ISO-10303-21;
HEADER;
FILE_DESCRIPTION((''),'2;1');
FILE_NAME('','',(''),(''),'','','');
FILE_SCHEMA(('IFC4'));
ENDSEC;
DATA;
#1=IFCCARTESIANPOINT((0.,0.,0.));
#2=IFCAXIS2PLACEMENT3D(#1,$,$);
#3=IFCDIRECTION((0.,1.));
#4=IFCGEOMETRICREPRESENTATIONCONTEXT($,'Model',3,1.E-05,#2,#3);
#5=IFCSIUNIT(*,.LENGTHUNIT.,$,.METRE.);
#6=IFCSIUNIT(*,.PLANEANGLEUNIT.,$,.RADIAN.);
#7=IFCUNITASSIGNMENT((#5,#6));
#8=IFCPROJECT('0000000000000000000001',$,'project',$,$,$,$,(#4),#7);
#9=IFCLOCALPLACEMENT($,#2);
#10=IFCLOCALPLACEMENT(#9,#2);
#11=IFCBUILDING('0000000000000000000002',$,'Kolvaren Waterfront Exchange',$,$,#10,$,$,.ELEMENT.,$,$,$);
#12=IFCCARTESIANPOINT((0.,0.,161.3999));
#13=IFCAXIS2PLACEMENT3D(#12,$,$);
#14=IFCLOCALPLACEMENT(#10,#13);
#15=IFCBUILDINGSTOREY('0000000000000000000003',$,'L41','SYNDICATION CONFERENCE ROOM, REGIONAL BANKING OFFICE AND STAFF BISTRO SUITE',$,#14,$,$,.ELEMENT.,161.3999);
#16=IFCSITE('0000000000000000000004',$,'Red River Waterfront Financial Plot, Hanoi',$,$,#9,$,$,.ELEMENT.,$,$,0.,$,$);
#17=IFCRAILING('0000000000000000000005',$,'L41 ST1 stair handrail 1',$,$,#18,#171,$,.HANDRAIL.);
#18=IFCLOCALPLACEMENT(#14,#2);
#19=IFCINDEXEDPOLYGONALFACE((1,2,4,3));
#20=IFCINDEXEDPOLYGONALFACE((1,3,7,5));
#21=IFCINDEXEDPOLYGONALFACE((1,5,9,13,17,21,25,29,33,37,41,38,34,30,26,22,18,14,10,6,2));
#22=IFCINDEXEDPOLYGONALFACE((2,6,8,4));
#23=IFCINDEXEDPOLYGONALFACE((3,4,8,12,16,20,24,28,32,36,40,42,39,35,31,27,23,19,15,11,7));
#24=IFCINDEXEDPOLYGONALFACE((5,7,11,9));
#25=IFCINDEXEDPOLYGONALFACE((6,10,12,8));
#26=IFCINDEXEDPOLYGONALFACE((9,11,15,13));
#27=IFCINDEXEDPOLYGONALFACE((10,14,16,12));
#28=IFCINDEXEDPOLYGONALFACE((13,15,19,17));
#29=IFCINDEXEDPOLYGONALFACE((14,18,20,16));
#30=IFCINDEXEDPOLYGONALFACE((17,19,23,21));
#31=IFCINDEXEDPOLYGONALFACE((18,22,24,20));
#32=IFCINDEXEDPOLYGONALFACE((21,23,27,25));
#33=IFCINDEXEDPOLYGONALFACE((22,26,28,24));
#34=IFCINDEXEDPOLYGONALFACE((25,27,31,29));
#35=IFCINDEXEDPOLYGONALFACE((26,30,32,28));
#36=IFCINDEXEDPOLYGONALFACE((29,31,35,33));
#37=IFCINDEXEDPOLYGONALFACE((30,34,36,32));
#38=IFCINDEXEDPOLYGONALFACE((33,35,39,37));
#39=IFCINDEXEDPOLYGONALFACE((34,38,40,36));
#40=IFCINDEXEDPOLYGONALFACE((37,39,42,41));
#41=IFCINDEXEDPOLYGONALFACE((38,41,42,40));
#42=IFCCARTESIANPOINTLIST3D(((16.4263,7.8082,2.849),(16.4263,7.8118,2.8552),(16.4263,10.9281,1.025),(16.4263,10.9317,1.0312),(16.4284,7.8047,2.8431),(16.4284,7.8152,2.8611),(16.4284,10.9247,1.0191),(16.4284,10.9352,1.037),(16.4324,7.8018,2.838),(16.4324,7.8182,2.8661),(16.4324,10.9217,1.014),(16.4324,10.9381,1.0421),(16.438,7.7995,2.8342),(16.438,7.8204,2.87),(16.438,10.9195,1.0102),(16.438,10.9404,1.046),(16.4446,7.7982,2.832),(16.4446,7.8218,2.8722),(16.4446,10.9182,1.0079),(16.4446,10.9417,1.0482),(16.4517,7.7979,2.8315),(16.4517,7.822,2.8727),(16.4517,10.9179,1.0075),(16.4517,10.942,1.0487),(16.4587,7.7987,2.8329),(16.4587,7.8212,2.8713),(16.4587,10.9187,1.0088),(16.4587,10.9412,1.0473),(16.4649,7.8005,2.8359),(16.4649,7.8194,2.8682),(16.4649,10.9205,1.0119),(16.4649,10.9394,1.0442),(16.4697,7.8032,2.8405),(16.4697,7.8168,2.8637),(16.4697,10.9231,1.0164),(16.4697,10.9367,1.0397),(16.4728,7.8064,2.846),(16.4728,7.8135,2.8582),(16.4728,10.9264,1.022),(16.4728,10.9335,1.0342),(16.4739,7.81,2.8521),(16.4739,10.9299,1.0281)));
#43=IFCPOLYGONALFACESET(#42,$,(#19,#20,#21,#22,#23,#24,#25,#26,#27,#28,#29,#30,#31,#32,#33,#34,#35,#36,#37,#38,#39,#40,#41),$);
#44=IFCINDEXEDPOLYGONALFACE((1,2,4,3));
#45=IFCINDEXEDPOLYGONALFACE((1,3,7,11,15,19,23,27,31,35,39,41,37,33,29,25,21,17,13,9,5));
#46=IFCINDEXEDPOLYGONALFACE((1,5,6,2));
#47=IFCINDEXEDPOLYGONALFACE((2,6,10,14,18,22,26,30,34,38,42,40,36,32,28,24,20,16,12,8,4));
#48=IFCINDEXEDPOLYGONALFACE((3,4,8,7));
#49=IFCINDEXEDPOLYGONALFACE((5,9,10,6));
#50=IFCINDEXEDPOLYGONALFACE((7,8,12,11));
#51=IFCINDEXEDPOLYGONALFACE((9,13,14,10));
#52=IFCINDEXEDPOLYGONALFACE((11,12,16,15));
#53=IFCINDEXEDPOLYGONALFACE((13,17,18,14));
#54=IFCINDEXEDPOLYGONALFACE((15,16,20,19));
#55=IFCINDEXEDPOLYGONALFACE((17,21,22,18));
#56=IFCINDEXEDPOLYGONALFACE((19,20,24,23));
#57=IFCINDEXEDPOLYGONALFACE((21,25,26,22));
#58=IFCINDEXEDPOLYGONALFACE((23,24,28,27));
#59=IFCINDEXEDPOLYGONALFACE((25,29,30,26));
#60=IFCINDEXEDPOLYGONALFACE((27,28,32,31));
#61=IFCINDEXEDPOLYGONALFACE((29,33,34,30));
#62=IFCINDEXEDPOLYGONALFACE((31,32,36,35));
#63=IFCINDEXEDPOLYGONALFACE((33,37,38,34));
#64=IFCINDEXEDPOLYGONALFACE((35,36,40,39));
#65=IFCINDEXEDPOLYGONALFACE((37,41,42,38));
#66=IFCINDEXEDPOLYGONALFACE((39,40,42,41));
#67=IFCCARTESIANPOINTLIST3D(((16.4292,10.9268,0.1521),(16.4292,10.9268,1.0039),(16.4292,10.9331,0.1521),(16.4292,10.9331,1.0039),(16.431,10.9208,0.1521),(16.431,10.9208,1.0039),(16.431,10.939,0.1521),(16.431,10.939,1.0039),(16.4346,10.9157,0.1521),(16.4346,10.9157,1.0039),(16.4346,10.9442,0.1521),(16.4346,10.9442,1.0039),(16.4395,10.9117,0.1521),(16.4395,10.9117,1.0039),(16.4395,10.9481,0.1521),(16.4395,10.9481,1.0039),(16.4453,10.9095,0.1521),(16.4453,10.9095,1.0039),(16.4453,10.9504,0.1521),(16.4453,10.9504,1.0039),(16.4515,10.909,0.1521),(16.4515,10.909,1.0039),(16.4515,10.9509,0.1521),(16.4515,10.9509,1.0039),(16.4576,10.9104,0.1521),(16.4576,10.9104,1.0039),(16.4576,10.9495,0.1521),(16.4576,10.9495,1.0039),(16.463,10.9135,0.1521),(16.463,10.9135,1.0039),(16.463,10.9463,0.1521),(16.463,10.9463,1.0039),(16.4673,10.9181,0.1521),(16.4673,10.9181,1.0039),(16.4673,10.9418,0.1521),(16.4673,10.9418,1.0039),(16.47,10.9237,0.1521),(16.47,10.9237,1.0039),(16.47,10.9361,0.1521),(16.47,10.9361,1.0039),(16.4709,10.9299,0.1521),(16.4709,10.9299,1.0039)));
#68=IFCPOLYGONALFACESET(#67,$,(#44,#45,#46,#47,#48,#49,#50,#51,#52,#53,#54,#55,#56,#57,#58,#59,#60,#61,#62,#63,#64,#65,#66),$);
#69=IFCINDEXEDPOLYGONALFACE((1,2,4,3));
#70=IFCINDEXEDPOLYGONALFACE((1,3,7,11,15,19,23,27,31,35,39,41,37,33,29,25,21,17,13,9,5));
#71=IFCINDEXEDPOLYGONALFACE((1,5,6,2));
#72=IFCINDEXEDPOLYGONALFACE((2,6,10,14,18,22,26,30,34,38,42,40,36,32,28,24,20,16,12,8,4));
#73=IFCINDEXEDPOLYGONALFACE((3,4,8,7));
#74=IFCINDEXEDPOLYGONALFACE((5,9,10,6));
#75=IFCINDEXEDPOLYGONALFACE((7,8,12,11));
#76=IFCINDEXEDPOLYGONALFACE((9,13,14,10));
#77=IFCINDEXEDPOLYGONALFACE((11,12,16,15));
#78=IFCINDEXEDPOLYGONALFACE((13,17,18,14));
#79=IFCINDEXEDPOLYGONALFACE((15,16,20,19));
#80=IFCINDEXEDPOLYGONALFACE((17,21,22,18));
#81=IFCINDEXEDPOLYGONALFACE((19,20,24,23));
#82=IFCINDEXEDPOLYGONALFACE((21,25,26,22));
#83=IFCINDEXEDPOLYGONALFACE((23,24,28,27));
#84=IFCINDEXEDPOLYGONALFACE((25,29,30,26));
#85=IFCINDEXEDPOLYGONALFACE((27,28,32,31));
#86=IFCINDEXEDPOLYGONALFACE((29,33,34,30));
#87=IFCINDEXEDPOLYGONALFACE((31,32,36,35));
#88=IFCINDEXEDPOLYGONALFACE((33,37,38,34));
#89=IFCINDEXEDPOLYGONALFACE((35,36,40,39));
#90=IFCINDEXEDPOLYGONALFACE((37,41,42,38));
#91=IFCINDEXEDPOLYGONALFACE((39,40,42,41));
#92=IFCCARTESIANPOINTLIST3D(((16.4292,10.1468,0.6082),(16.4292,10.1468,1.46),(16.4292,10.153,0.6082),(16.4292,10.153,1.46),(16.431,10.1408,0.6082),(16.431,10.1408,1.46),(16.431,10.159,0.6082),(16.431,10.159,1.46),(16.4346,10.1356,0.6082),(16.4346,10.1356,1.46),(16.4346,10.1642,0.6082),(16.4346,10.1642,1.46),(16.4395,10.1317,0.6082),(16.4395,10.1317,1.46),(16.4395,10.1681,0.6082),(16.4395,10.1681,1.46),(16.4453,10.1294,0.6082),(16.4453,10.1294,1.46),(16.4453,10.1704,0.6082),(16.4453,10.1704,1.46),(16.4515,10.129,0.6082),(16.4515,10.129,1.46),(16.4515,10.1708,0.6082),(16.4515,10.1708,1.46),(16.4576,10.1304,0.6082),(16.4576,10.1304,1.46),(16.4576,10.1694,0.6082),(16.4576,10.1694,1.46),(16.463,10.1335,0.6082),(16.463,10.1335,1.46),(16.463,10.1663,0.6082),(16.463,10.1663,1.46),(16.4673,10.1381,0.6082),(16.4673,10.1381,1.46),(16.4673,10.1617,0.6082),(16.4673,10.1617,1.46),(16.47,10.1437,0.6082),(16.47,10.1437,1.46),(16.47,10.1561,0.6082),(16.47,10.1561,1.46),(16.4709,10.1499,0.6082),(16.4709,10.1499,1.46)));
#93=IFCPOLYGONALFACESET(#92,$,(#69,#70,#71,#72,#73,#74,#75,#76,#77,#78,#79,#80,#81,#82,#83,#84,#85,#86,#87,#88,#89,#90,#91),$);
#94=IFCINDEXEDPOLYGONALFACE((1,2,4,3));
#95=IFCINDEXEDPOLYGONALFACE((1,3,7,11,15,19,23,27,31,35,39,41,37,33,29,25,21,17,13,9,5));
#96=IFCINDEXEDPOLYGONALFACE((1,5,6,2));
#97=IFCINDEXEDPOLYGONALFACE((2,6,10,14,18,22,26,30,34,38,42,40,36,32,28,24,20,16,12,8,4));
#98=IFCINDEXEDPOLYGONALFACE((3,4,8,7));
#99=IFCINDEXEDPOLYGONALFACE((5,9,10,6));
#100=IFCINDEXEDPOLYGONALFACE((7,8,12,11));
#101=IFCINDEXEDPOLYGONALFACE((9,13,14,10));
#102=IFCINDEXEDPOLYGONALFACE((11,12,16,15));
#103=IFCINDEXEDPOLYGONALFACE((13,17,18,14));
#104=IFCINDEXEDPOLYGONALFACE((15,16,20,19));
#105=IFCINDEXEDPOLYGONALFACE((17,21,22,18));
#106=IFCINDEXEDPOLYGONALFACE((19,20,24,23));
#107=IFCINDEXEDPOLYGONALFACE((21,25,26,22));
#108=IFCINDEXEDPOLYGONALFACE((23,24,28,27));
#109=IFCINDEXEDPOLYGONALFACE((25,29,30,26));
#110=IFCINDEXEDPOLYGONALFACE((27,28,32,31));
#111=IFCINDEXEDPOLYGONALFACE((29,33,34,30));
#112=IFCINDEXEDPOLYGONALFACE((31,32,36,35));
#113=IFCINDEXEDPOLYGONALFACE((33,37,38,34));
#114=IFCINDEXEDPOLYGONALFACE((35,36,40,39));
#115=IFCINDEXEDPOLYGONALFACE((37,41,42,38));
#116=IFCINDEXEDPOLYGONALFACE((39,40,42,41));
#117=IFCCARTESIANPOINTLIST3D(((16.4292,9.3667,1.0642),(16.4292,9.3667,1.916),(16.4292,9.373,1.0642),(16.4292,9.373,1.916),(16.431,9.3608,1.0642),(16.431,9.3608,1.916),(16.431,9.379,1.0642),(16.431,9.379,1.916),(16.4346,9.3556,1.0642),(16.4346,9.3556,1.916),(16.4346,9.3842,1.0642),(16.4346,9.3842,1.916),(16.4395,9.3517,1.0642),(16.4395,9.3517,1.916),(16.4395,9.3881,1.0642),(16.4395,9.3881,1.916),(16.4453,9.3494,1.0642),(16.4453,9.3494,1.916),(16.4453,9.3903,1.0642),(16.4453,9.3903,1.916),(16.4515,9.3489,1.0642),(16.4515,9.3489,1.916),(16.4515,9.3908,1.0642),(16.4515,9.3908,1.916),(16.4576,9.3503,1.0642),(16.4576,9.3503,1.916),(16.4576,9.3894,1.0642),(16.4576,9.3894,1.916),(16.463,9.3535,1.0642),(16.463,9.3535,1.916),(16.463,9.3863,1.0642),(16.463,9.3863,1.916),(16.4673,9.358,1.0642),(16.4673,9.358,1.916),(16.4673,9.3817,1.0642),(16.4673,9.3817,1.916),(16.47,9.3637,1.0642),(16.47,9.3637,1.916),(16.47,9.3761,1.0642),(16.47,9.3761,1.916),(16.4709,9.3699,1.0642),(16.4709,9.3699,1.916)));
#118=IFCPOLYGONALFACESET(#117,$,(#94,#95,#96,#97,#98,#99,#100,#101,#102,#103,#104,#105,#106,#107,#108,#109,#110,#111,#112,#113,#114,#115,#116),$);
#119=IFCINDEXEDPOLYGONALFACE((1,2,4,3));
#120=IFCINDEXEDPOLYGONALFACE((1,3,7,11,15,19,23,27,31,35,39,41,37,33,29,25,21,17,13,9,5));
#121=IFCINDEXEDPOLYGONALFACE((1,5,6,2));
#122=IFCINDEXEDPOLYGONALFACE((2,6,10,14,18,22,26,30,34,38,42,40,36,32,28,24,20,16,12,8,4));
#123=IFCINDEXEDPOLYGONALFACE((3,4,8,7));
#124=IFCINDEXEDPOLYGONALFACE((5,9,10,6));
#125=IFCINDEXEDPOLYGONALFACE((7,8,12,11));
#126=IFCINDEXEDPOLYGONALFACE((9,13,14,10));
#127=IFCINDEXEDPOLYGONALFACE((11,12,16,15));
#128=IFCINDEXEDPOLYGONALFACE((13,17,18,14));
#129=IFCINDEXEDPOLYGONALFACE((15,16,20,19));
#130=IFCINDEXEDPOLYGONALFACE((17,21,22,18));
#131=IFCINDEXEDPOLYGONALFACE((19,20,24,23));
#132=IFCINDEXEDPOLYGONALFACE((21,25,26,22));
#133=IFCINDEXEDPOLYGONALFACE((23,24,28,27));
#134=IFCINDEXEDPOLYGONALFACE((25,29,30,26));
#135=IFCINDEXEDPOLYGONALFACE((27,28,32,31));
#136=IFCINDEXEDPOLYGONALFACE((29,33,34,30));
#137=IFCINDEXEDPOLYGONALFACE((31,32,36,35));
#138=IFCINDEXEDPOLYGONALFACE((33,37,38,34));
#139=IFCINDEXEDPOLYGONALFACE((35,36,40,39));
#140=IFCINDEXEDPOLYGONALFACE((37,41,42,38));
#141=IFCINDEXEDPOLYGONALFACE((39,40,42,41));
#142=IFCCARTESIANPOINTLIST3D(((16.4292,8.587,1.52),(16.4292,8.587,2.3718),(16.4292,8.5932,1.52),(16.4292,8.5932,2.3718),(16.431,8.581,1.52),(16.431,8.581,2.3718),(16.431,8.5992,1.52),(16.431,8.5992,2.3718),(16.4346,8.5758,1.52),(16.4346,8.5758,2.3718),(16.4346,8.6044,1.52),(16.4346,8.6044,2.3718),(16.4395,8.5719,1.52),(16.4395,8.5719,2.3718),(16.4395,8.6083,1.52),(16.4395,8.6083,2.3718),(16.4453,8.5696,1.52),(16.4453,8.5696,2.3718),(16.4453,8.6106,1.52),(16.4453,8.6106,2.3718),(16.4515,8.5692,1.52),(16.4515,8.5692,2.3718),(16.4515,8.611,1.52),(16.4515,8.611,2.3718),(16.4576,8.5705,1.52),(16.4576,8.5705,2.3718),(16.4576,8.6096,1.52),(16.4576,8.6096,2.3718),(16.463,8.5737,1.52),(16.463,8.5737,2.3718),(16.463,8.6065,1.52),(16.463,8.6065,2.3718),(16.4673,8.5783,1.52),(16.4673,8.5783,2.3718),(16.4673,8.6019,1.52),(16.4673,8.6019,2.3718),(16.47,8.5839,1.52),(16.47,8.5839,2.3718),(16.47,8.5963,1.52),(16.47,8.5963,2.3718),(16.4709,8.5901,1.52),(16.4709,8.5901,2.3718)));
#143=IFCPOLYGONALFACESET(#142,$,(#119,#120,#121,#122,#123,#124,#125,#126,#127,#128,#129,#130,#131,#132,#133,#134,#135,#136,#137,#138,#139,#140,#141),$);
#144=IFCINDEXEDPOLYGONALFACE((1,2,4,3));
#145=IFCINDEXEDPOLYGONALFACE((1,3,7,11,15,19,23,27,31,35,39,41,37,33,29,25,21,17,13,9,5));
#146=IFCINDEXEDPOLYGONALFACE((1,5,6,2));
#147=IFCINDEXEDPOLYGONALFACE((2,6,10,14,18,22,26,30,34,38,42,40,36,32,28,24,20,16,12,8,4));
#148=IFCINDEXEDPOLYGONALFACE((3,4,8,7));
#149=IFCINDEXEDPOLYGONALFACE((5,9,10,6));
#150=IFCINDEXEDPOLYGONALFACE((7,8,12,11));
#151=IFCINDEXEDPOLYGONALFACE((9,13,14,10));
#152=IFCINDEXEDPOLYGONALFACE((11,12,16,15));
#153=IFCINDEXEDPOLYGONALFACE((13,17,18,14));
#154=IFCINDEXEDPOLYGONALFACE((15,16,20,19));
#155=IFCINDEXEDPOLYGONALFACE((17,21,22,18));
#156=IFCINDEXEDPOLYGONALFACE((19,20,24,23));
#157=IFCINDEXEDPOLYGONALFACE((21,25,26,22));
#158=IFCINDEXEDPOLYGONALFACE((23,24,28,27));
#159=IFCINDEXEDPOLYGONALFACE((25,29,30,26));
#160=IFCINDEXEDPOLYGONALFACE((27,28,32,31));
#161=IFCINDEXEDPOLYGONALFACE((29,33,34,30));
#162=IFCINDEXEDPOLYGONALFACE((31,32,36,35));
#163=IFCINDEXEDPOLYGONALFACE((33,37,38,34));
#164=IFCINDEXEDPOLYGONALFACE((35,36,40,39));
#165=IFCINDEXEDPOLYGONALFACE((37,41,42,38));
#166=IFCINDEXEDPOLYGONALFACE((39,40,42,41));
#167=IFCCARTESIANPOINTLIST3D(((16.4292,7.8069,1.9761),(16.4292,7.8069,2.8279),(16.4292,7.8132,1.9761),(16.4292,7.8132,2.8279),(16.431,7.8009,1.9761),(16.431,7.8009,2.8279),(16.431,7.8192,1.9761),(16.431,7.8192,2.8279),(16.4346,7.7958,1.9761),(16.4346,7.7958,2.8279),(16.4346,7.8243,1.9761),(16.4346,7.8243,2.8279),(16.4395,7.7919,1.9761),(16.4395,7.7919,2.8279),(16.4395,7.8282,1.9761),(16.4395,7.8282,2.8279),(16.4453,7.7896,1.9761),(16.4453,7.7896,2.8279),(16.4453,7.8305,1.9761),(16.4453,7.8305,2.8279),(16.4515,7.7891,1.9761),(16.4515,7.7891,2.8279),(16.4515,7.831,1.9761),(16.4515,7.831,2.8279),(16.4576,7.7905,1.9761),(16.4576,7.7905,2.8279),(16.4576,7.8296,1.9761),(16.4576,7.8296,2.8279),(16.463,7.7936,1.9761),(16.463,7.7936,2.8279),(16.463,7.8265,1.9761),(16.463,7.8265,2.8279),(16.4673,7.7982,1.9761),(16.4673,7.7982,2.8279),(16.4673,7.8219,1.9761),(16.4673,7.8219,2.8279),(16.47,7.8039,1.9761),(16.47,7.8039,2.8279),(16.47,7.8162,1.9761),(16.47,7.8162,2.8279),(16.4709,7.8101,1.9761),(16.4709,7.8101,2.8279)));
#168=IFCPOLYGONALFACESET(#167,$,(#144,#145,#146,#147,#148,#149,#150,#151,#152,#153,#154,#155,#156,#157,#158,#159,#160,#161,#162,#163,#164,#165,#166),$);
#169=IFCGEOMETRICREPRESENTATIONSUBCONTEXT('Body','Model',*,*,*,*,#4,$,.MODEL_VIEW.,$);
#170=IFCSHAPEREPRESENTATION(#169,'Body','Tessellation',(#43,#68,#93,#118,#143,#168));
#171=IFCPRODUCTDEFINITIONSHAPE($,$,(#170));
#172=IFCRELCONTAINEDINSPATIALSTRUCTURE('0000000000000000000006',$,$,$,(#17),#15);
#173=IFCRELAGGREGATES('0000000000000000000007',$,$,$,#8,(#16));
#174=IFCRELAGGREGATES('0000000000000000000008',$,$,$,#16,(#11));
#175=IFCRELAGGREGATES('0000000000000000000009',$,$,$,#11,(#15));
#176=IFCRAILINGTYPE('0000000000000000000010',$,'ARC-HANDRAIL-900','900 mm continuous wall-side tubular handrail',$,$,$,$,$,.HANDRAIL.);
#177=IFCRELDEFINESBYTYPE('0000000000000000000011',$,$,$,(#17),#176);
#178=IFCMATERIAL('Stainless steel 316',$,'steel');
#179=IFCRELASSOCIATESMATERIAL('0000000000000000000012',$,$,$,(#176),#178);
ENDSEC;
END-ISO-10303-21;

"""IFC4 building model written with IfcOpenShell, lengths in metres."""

from ifc_helpers import new_model, si_unit, direction, frame, origin, origin_2d, place, context, subcontext, project, spatial, circle, extrude, material, type_object, element, save


model = new_model("IFC4")

# Units and contexts
model_context = context("Model", 3, precision=1e-05, world=origin(), true_north=direction((0.0, 1.0)))
body_context = subcontext(model_context, "Body", "Model", "MODEL_VIEW")
ifc_project = project(units=[si_unit("LENGTHUNIT", "METRE"), si_unit("PLANEANGLEUNIT", "RADIAN")], contexts=[model_context])

# Site, building, storey
site_placement = place(None, origin())
site = spatial("IfcSite", under=ifc_project, at=site_placement, Name="Red River Waterfront Financial Plot, Hanoi", CompositionType="ELEMENT", RefElevation=0.0)
building_placement = place(site_placement, origin())
building = spatial("IfcBuilding", under=site, at=building_placement, Name="Kolvaren Waterfront Exchange", CompositionType="ELEMENT")
storey_placement = place(building_placement, frame((0.0, 0.0, 161.3999)))
storey = spatial("IfcBuildingStorey", under=building, at=storey_placement, Name="L41", Description="SYNDICATION CONFERENCE ROOM, REGIONAL BANKING OFFICE AND STAFF BISTRO SUITE", CompositionType="ELEMENT", Elevation=161.3999)

# Railing
ifc_material_1 = material(Name="Stainless steel 316", Category="steel")
railing_type_1 = type_object("IfcRailingType", Name="ARC-HANDRAIL-900", Description="900 mm continuous wall-side tubular handrail", PredefinedType="HANDRAIL", material=ifc_material_1)
railing_1_placement = place(storey_placement, frame((16.45, 10.9299, 0.1521)))
element("IfcRailing", 1, at=railing_1_placement, inside=storey, type_object=railing_type_1, Name="L41 ST1 stair handrail 1", PredefinedType="HANDRAIL", context=body_context, shape_type="SweptSolid", body=[
    extrude(circle(Radius=0.0239, at=origin_2d()), frame((0.0, 0.0, 0.876), z_axis=(0.0, -0.863291, 0.504707), x_axis=(1.0, 0.0, 0.0)), (0.0, 0.0, 1.0), 3.614),
    extrude(circle(Radius=0.021, at=origin_2d()), origin(), (0.0, 0.0, 1.0), 0.8518),
    extrude(circle(Radius=0.021, at=origin_2d()), frame((0.0, -0.78, 0.4561)), (0.0, 0.0, 1.0), 0.8518),
    extrude(circle(Radius=0.021, at=origin_2d()), frame((0.0, -1.5601, 0.9121)), (0.0, 0.0, 1.0), 0.8518),
    extrude(circle(Radius=0.021, at=origin_2d()), frame((0.0, -2.3398, 1.3679)), (0.0, 0.0, 1.0), 0.8518),
    extrude(circle(Radius=0.021, at=origin_2d()), frame((0.0, -3.1199, 1.824)), (0.0, 0.0, 1.0), 0.8518),
])

save(model, "model.ifc")
